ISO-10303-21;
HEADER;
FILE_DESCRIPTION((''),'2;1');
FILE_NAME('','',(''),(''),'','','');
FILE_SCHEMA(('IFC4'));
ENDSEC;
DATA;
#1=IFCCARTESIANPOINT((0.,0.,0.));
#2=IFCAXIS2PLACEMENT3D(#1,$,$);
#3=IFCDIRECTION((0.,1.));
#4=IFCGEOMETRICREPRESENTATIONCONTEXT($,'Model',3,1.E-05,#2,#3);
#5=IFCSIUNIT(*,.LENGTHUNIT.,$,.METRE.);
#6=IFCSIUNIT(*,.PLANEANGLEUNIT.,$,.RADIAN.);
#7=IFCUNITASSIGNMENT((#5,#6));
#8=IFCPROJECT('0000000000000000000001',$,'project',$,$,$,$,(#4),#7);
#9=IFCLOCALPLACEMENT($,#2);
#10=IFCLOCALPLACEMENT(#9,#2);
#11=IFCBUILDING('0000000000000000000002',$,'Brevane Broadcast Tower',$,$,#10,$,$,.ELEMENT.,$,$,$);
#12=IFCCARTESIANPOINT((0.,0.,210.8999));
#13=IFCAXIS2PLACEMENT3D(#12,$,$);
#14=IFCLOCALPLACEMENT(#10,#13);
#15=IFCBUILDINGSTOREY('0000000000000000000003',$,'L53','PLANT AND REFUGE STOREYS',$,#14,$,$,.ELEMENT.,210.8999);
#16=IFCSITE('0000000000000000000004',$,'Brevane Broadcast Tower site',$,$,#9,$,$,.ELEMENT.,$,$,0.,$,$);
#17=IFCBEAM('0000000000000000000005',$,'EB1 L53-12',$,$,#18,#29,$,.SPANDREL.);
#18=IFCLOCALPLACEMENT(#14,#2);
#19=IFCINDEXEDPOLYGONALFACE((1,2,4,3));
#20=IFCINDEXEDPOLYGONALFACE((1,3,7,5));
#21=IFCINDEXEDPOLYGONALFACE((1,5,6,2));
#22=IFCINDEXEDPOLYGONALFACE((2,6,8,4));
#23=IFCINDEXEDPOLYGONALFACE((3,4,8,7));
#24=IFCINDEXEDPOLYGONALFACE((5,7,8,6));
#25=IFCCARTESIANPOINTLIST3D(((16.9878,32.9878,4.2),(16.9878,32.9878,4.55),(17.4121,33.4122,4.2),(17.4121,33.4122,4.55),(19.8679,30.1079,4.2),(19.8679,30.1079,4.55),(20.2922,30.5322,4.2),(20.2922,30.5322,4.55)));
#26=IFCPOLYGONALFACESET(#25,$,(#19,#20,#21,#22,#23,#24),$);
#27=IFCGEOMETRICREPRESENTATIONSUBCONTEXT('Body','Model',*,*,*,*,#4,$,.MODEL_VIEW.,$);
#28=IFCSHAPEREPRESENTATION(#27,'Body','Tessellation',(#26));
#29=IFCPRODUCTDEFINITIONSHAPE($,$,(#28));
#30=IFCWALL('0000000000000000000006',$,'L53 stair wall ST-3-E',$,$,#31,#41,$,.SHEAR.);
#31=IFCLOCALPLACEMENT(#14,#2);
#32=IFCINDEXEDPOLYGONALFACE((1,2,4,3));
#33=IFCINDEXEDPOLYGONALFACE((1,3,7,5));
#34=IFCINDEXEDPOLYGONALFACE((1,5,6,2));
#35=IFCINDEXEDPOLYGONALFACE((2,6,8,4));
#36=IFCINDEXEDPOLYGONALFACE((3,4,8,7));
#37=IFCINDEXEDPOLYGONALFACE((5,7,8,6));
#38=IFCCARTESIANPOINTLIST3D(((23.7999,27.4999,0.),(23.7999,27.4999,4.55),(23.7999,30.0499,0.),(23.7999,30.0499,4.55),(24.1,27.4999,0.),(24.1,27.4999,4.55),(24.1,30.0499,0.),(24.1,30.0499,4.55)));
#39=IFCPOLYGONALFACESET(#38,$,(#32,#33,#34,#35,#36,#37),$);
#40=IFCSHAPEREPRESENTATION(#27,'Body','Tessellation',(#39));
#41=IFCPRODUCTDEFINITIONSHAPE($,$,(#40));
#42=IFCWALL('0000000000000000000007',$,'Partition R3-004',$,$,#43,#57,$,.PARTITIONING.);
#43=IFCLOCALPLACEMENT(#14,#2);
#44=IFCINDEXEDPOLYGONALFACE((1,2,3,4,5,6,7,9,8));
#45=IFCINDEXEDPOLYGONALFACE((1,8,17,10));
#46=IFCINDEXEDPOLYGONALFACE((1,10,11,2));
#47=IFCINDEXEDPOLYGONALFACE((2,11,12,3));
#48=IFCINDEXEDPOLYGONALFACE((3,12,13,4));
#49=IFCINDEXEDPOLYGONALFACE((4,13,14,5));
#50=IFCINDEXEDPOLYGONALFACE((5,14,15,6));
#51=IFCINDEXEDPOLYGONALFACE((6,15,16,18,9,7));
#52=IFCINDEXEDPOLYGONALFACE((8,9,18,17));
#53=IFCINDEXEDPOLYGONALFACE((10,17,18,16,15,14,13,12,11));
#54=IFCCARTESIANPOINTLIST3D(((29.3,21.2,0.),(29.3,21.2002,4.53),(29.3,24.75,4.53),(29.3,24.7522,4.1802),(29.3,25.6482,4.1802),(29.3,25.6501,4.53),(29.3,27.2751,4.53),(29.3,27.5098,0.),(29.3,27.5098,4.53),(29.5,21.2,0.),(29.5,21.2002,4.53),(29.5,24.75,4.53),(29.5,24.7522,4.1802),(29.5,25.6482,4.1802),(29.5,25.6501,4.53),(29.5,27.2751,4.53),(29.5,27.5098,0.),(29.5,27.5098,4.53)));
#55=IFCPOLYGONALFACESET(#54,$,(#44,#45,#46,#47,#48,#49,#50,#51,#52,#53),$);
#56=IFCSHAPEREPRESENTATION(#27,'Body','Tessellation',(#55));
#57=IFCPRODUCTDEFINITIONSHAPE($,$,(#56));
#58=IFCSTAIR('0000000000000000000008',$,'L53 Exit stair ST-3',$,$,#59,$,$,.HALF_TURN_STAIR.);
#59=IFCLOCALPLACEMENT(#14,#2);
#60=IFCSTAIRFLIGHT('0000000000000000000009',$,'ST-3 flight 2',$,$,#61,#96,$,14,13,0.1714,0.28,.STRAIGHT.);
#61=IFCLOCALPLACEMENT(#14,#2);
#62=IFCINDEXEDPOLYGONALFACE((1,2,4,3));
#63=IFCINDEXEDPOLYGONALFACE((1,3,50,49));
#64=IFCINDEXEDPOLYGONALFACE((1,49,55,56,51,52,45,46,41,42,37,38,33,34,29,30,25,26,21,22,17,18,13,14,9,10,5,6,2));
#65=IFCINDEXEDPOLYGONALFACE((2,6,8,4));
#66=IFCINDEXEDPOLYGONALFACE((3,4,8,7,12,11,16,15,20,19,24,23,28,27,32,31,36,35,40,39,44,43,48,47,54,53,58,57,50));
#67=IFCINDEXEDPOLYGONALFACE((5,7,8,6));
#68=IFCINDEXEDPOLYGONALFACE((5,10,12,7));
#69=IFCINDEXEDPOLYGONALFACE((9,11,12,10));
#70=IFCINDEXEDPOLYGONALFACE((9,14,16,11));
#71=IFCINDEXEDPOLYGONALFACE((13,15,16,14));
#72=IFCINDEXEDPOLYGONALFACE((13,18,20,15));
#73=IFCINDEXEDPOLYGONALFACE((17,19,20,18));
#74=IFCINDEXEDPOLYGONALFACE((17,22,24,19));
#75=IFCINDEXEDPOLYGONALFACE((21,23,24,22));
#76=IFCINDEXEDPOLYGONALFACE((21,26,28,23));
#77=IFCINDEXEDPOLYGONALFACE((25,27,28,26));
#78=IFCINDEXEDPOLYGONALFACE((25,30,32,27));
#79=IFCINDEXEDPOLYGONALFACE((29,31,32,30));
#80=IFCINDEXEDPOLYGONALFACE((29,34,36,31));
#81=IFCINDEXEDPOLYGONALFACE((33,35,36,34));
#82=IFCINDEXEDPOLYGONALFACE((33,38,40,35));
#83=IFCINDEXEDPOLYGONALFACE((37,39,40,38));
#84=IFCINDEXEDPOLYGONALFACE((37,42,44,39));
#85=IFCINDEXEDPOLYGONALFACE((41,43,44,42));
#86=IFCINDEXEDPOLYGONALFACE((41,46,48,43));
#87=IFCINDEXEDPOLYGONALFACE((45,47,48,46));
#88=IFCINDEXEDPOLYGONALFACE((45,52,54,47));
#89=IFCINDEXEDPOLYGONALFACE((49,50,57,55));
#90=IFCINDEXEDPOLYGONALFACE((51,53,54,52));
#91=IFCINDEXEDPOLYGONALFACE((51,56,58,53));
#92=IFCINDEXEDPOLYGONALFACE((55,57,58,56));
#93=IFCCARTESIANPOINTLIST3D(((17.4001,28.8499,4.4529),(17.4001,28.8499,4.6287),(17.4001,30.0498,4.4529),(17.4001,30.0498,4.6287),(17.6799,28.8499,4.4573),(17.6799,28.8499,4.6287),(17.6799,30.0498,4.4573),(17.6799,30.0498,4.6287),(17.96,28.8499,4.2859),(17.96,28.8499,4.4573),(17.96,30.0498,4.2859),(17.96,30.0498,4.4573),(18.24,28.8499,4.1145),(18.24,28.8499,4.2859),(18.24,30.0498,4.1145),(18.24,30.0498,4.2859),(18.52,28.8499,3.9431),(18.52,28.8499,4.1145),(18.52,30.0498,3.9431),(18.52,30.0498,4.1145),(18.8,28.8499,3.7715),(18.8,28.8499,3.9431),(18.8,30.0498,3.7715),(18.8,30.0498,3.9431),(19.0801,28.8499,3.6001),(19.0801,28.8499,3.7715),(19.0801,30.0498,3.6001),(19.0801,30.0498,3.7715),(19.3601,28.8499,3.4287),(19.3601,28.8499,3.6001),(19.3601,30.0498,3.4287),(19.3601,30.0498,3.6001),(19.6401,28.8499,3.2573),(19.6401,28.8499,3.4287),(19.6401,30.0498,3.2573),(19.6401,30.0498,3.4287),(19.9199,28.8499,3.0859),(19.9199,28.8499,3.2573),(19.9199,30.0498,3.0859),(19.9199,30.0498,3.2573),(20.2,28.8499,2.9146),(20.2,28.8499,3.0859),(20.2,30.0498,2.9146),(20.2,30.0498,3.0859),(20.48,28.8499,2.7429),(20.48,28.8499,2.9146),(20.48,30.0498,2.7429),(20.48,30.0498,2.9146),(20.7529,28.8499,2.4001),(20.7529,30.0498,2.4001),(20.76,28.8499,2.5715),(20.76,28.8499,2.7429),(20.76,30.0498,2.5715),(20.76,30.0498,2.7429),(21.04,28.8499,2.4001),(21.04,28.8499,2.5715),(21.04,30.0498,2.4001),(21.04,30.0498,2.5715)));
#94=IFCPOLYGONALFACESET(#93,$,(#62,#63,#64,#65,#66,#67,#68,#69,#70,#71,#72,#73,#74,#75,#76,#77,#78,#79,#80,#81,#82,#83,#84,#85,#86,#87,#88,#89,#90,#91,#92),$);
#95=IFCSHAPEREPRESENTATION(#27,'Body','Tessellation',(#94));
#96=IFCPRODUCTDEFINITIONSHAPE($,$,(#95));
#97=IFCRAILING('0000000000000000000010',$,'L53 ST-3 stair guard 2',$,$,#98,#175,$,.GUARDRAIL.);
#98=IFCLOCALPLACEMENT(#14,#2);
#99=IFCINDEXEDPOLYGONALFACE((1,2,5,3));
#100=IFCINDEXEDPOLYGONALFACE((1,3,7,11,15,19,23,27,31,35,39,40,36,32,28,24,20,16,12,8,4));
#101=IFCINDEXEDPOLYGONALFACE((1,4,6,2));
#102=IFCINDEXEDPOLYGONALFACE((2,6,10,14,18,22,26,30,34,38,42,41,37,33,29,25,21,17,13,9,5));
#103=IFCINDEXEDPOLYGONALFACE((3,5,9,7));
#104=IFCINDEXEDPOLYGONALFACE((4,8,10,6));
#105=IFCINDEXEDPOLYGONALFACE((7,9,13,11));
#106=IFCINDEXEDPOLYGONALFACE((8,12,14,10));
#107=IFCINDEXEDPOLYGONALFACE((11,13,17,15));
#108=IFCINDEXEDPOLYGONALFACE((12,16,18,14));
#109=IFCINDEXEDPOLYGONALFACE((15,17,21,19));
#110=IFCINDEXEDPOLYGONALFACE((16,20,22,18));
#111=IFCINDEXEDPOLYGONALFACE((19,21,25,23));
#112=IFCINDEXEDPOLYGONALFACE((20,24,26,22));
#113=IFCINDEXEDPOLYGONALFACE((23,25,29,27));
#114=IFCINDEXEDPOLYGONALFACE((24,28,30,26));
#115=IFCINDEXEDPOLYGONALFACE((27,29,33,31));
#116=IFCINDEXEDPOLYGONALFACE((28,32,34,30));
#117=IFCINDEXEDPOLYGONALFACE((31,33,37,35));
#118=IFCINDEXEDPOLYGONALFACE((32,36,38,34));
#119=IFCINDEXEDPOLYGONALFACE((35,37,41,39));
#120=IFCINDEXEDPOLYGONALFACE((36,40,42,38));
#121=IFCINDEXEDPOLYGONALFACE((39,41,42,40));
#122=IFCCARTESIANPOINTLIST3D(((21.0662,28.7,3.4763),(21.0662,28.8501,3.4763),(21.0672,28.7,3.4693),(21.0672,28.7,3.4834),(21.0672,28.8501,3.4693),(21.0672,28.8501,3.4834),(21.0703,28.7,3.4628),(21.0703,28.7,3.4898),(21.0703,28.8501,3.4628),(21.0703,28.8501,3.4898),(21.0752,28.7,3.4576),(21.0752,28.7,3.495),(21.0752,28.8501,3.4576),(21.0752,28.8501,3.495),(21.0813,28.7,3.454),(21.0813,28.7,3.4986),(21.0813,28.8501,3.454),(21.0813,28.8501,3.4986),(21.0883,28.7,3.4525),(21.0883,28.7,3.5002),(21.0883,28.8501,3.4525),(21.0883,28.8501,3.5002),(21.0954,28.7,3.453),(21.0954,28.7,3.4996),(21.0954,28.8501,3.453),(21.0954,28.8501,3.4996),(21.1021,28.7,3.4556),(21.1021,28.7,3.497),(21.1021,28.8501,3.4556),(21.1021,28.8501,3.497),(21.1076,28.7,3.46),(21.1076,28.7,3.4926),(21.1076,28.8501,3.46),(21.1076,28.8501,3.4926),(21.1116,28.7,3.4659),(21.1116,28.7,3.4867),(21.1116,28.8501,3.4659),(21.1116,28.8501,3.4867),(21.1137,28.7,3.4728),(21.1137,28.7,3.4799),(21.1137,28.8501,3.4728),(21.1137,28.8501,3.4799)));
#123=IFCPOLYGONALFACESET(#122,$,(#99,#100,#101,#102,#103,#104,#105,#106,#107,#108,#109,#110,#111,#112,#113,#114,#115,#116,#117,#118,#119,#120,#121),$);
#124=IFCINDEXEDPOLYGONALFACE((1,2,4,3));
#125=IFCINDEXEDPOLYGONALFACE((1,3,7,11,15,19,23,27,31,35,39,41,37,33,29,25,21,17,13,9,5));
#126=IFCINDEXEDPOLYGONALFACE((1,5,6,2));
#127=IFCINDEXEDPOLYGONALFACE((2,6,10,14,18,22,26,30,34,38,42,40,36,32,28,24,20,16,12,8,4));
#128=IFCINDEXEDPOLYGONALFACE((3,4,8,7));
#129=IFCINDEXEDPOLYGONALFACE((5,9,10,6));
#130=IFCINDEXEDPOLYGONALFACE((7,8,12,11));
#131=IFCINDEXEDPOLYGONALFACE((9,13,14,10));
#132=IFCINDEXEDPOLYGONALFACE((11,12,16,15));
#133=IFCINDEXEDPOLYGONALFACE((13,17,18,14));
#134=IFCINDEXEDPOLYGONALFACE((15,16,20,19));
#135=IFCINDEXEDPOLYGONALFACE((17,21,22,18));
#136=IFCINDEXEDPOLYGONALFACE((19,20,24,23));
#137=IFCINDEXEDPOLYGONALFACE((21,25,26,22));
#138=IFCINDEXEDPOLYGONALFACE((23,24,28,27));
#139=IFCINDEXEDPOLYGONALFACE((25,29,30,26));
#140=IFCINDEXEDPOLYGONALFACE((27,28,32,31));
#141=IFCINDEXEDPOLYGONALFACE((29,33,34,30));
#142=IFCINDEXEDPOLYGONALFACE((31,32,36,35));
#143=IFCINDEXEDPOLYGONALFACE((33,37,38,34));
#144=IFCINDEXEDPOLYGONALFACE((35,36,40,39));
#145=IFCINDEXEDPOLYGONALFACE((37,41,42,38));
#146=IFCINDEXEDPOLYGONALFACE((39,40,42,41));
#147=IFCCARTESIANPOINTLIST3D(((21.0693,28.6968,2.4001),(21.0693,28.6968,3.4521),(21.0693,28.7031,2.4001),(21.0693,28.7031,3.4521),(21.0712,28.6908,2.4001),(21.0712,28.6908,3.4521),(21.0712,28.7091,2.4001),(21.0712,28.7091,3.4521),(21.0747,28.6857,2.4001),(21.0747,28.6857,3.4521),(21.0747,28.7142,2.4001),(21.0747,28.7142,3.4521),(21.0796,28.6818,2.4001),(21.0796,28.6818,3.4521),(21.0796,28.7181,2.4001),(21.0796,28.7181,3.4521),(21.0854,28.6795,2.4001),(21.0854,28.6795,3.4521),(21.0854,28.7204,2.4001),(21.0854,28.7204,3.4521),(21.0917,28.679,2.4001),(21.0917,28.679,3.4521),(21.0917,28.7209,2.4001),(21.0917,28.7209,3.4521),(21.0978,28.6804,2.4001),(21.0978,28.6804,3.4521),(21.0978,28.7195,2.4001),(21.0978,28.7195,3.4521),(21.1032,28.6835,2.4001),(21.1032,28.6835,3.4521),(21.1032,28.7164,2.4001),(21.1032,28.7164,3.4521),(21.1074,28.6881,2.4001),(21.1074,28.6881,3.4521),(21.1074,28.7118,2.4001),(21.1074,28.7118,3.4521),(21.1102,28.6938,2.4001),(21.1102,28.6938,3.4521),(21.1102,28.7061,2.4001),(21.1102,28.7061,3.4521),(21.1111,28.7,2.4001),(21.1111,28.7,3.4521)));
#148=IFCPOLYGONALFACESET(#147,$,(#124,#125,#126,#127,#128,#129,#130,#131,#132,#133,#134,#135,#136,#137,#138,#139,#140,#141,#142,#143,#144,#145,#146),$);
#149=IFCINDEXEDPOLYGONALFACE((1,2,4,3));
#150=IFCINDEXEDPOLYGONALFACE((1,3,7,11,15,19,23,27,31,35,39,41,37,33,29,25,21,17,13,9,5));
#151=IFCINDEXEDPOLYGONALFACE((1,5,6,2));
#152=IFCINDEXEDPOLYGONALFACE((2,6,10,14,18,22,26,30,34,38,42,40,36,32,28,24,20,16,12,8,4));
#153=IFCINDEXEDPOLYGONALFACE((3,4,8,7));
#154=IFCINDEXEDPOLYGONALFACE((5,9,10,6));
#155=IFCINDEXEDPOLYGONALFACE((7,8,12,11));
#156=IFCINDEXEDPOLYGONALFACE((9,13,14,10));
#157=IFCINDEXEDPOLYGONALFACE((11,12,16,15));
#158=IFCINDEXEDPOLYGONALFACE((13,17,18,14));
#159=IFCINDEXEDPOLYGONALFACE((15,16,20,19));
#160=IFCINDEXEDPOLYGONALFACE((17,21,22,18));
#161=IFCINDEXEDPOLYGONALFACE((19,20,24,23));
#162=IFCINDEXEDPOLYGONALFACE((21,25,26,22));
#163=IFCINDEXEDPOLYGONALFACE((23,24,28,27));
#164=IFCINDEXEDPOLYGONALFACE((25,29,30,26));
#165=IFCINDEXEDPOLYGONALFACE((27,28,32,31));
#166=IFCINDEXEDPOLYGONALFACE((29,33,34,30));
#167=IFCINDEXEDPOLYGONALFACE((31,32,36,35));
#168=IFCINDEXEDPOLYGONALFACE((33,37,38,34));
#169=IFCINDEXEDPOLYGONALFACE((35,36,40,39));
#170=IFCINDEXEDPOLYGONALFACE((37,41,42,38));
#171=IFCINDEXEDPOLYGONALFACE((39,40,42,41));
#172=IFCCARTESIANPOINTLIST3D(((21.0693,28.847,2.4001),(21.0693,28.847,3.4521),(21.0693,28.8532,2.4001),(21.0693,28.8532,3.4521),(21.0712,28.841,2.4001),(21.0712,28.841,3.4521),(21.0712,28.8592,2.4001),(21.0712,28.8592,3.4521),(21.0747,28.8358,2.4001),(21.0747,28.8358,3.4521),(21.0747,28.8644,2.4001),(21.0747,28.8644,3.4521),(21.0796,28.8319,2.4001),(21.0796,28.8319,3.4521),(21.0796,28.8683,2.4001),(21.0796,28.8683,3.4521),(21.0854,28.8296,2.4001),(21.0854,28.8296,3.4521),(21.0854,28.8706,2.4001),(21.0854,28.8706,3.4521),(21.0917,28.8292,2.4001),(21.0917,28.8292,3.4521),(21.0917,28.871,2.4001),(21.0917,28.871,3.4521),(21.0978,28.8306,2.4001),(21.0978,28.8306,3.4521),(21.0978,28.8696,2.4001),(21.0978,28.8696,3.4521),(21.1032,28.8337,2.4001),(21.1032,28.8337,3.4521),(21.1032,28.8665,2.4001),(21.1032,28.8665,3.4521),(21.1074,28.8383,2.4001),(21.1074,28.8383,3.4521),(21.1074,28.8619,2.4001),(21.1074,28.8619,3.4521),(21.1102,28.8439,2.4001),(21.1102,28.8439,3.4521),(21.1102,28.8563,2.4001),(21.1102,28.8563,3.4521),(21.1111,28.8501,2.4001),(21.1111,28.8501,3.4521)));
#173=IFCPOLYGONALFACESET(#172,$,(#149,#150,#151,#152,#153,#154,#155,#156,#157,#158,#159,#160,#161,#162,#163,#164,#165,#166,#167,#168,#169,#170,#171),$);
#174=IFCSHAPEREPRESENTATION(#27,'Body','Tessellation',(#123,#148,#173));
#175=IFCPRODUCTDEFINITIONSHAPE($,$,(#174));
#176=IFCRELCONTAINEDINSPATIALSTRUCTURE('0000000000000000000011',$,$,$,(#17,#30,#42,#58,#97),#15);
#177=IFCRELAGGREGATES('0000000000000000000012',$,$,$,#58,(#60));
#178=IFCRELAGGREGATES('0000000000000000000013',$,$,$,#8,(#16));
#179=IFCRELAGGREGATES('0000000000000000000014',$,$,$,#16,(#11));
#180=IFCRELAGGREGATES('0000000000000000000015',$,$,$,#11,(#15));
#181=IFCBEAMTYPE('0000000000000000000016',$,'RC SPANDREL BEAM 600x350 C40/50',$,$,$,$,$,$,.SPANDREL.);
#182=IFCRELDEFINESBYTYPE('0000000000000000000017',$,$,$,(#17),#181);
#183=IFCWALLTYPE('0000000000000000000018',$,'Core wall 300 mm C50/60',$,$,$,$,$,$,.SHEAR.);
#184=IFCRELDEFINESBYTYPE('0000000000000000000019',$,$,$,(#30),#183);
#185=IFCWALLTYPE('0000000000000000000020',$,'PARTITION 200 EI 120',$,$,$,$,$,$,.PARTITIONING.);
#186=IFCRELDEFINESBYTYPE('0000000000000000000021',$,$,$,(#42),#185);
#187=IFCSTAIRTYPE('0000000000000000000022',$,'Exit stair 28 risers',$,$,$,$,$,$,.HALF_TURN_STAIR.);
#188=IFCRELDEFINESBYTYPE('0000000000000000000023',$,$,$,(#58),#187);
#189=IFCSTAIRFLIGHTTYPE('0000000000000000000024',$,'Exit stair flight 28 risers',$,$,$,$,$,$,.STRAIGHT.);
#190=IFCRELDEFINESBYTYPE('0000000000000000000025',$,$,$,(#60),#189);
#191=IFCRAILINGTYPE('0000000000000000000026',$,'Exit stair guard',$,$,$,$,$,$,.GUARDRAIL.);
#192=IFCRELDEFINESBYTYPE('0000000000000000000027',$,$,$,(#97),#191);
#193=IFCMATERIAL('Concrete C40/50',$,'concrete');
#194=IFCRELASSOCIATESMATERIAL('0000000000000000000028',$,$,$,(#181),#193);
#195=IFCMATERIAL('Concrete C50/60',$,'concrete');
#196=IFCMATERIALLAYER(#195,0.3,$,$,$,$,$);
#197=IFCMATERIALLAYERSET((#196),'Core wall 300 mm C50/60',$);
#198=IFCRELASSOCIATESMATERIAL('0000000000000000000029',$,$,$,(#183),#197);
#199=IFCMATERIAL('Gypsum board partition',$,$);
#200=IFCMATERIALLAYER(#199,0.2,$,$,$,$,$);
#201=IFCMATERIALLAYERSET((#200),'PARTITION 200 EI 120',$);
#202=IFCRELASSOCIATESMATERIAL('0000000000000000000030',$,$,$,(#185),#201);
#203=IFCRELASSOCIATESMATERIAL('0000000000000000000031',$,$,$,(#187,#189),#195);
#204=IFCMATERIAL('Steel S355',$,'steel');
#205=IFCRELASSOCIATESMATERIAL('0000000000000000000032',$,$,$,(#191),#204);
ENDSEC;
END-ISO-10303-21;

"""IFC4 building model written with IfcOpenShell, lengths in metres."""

from ifc_helpers import new_model, si_unit, direction, frame, frame_2d, origin, origin_2d, place, context, subcontext, project, spatial, polyline, rectangle, circle, outline, extrude, material, layer, layer_set, material_profile, profile_set, type_object, element, aggregate, save


model = new_model("IFC4")

# Units and contexts
model_context = context("Model", 3, precision=1e-05, world=origin(), true_north=direction((0.0, 1.0)))
body_context = subcontext(model_context, "Body", "Model", "MODEL_VIEW")
ifc_project = project(units=[si_unit("LENGTHUNIT", "METRE"), si_unit("PLANEANGLEUNIT", "RADIAN")], contexts=[model_context])

# Site, building, storey
site_placement = place(None, origin())
site = spatial("IfcSite", under=ifc_project, at=site_placement, Name="Brevane Broadcast Tower site", CompositionType="ELEMENT", RefElevation=0.0)
building_placement = place(site_placement, origin())
building = spatial("IfcBuilding", under=site, at=building_placement, Name="Brevane Broadcast Tower", CompositionType="ELEMENT")
storey_placement = place(building_placement, frame((0.0, 0.0, 210.8999)))
storey = spatial("IfcBuildingStorey", under=building, at=storey_placement, Name="L53", Description="PLANT AND REFUGE STOREYS", CompositionType="ELEMENT", Elevation=210.8999)

# Beam
ifc_material_1 = material(Name="Concrete C40/50", Category="concrete")
ifc_material_profile_1 = material_profile(ifc_material_1, rectangle(XDim=0.6001, YDim=0.3501, at=origin_2d()), Name="RC 600x350")
ifc_profile_set_1 = profile_set([ifc_material_profile_1], Name="Concrete C40/50")
beam_type = type_object("IfcBeamType", Name="RC SPANDREL BEAM 600x350 C40/50", PredefinedType="SPANDREL", material=ifc_profile_set_1)
beam_placement = place(storey_placement, frame((20.0801, 30.3201, 4.375), z_axis=(-0.707137, 0.707077, 0.0), x_axis=(-0.707077, -0.707137, 0.0)))
element("IfcBeam", 1, at=beam_placement, inside=storey, type_object=beam_type, Name="EB1 L53-12", PredefinedType="SPANDREL", context=body_context, shape_type="SweptSolid", body=[
    extrude(rectangle(XDim=0.6001, YDim=0.3501, at=origin_2d()), origin(), (0.0, 0.0, 1.0), 4.073),
])

# Walls
ifc_material_2 = material(Name="Concrete C50/60", Category="concrete")
ifc_layer_1 = layer(ifc_material_2, 0.3)
ifc_layer_set_1 = layer_set([ifc_layer_1], Name="Core wall 300 mm C50/60")
wall_type_1 = type_object("IfcWallType", Name="Core wall 300 mm C50/60", PredefinedType="SHEAR", material=ifc_layer_set_1)
wall_1_placement = place(storey_placement, frame((23.95, 27.5, 0.0), z_axis=(0.0, 0.0, 1.0), x_axis=(0.0, 1.0, 0.0)))
element("IfcWall", 2, at=wall_1_placement, inside=storey, type_object=wall_type_1, Name="L53 stair wall ST-3-E", PredefinedType="SHEAR", context=body_context, shape_type="SweptSolid", body=[
    extrude(rectangle(XDim=2.55, YDim=0.3, at=frame_2d((1.2749, 0.0))), origin(), (0.0, 0.0, 1.0), 4.55),
])
ifc_material_3 = material(Name="Gypsum board partition")
ifc_layer_2 = layer(ifc_material_3, 0.2)
ifc_layer_set_2 = layer_set([ifc_layer_2], Name="PARTITION 200 EI 120")
wall_type_2 = type_object("IfcWallType", Name="PARTITION 200 EI 120", PredefinedType="PARTITIONING", material=ifc_layer_set_2)
wall_2_placement = place(storey_placement, frame((29.3999, 27.5098, 0.0), z_axis=(0.0, 0.0, 1.0), x_axis=(0.0, -1.0, 0.0)))
element("IfcWall", 3, at=wall_2_placement, inside=storey, type_object=wall_type_2, Name="Partition R3-004", PredefinedType="PARTITIONING", context=body_context, shape_type="SweptSolid", body=[
    extrude(outline(polyline([(0.0, 0.0), (6.3098, 0.0), (6.3096, 4.53), (2.7598, 4.53), (2.7576, 4.1802), (1.8616, 4.1802), (1.8596, 4.53), (0.2346, 4.53), (0.0, 4.53), (0.0, 0.0)])), frame((0.0, 0.1001, 0.0), z_axis=(0.0, -1.0, 0.0), x_axis=(1.0, 0.0, 0.0)), (0.0, 0.0, 1.0), 0.2),
])

# Stair, stair flight
stair_type = type_object("IfcStairType", Name="Exit stair 28 risers", PredefinedType="HALF_TURN_STAIR", material=ifc_material_2)
stair_placement = place(storey_placement, origin())
stair = element("IfcStair", 4, at=stair_placement, inside=storey, type_object=stair_type, Name="L53 Exit stair ST-3", PredefinedType="HALF_TURN_STAIR")
stair_flight_type = type_object("IfcStairFlightType", Name="Exit stair flight 28 risers", PredefinedType="STRAIGHT", material=ifc_material_2)
stair_flight_placement = place(storey_placement, frame((21.04, 29.45, 2.4001), z_axis=(0.0, 0.0, 1.0), x_axis=(-1.0, 0.0, 0.0)))
stair_flight = element("IfcStairFlight", 5, at=stair_flight_placement, type_object=stair_flight_type, Name="ST-3 flight 2", NumberOfRisers=14, NumberOfTreads=13, PredefinedType="STRAIGHT", RiserHeight=0.1714, TreadLength=0.28, context=body_context, shape_type="SweptSolid", body=[
    extrude(outline(polyline([(0.0, 0.0), (0.0, 0.1714), (0.28, 0.1714), (0.28, 0.3428), (0.5601, 0.3428), (0.5601, 0.5144), (0.8401, 0.5144), (0.8401, 0.6858), (1.1201, 0.6858), (1.1201, 0.8572), (1.3999, 0.8572), (1.3999, 1.0286), (1.6799, 1.0286), (1.6799, 1.2), (1.96, 1.2), (1.96, 1.3713), (2.24, 1.3713), (2.24, 1.543), (2.52, 1.543), (2.52, 1.7144), (2.8, 1.7144), (2.8, 1.8857), (3.0801, 1.8857), (3.0801, 2.0571), (3.3601, 2.0571), (3.3601, 2.2285), (3.6399, 2.2285), (3.6399, 2.3999), (3.6399, 2.0527), (0.2871, 0.0), (0.0, 0.0)])), frame((0.0, 0.6001, 0.0), z_axis=(0.0, -1.0, 0.0), x_axis=(1.0, 0.0, 0.0)), (0.0, 0.0, 1.0), 1.2),
])
aggregate(stair, [stair_flight])

# Railing
ifc_material_4 = material(Name="Steel S355", Category="steel")
railing_type_1 = type_object("IfcRailingType", Name="Exit stair guard", PredefinedType="GUARDRAIL", material=ifc_material_4)
railing_1_placement = place(storey_placement, frame((21.0901, 28.7, 2.4001)))
element("IfcRailing", 6, at=railing_1_placement, inside=storey, type_object=railing_type_1, Name="L53 ST-3 stair guard 2", PredefinedType="GUARDRAIL", context=body_context, shape_type="SweptSolid", body=[
    extrude(circle(Radius=0.0239, at=origin_2d()), frame((0.0, 0.0, 1.0762), z_axis=(0.0, 1.0, 0.0), x_axis=(-1.0, 0.0, 0.0)), (0.0, 0.0, 1.0), 0.1501),
    extrude(circle(Radius=0.021, at=origin_2d()), origin(), (0.0, 0.0, 1.0), 1.052),
    extrude(circle(Radius=0.021, at=origin_2d()), frame((0.0, 0.1501, 0.0)), (0.0, 0.0, 1.0), 1.052),
])

save(model, "model.ifc")
